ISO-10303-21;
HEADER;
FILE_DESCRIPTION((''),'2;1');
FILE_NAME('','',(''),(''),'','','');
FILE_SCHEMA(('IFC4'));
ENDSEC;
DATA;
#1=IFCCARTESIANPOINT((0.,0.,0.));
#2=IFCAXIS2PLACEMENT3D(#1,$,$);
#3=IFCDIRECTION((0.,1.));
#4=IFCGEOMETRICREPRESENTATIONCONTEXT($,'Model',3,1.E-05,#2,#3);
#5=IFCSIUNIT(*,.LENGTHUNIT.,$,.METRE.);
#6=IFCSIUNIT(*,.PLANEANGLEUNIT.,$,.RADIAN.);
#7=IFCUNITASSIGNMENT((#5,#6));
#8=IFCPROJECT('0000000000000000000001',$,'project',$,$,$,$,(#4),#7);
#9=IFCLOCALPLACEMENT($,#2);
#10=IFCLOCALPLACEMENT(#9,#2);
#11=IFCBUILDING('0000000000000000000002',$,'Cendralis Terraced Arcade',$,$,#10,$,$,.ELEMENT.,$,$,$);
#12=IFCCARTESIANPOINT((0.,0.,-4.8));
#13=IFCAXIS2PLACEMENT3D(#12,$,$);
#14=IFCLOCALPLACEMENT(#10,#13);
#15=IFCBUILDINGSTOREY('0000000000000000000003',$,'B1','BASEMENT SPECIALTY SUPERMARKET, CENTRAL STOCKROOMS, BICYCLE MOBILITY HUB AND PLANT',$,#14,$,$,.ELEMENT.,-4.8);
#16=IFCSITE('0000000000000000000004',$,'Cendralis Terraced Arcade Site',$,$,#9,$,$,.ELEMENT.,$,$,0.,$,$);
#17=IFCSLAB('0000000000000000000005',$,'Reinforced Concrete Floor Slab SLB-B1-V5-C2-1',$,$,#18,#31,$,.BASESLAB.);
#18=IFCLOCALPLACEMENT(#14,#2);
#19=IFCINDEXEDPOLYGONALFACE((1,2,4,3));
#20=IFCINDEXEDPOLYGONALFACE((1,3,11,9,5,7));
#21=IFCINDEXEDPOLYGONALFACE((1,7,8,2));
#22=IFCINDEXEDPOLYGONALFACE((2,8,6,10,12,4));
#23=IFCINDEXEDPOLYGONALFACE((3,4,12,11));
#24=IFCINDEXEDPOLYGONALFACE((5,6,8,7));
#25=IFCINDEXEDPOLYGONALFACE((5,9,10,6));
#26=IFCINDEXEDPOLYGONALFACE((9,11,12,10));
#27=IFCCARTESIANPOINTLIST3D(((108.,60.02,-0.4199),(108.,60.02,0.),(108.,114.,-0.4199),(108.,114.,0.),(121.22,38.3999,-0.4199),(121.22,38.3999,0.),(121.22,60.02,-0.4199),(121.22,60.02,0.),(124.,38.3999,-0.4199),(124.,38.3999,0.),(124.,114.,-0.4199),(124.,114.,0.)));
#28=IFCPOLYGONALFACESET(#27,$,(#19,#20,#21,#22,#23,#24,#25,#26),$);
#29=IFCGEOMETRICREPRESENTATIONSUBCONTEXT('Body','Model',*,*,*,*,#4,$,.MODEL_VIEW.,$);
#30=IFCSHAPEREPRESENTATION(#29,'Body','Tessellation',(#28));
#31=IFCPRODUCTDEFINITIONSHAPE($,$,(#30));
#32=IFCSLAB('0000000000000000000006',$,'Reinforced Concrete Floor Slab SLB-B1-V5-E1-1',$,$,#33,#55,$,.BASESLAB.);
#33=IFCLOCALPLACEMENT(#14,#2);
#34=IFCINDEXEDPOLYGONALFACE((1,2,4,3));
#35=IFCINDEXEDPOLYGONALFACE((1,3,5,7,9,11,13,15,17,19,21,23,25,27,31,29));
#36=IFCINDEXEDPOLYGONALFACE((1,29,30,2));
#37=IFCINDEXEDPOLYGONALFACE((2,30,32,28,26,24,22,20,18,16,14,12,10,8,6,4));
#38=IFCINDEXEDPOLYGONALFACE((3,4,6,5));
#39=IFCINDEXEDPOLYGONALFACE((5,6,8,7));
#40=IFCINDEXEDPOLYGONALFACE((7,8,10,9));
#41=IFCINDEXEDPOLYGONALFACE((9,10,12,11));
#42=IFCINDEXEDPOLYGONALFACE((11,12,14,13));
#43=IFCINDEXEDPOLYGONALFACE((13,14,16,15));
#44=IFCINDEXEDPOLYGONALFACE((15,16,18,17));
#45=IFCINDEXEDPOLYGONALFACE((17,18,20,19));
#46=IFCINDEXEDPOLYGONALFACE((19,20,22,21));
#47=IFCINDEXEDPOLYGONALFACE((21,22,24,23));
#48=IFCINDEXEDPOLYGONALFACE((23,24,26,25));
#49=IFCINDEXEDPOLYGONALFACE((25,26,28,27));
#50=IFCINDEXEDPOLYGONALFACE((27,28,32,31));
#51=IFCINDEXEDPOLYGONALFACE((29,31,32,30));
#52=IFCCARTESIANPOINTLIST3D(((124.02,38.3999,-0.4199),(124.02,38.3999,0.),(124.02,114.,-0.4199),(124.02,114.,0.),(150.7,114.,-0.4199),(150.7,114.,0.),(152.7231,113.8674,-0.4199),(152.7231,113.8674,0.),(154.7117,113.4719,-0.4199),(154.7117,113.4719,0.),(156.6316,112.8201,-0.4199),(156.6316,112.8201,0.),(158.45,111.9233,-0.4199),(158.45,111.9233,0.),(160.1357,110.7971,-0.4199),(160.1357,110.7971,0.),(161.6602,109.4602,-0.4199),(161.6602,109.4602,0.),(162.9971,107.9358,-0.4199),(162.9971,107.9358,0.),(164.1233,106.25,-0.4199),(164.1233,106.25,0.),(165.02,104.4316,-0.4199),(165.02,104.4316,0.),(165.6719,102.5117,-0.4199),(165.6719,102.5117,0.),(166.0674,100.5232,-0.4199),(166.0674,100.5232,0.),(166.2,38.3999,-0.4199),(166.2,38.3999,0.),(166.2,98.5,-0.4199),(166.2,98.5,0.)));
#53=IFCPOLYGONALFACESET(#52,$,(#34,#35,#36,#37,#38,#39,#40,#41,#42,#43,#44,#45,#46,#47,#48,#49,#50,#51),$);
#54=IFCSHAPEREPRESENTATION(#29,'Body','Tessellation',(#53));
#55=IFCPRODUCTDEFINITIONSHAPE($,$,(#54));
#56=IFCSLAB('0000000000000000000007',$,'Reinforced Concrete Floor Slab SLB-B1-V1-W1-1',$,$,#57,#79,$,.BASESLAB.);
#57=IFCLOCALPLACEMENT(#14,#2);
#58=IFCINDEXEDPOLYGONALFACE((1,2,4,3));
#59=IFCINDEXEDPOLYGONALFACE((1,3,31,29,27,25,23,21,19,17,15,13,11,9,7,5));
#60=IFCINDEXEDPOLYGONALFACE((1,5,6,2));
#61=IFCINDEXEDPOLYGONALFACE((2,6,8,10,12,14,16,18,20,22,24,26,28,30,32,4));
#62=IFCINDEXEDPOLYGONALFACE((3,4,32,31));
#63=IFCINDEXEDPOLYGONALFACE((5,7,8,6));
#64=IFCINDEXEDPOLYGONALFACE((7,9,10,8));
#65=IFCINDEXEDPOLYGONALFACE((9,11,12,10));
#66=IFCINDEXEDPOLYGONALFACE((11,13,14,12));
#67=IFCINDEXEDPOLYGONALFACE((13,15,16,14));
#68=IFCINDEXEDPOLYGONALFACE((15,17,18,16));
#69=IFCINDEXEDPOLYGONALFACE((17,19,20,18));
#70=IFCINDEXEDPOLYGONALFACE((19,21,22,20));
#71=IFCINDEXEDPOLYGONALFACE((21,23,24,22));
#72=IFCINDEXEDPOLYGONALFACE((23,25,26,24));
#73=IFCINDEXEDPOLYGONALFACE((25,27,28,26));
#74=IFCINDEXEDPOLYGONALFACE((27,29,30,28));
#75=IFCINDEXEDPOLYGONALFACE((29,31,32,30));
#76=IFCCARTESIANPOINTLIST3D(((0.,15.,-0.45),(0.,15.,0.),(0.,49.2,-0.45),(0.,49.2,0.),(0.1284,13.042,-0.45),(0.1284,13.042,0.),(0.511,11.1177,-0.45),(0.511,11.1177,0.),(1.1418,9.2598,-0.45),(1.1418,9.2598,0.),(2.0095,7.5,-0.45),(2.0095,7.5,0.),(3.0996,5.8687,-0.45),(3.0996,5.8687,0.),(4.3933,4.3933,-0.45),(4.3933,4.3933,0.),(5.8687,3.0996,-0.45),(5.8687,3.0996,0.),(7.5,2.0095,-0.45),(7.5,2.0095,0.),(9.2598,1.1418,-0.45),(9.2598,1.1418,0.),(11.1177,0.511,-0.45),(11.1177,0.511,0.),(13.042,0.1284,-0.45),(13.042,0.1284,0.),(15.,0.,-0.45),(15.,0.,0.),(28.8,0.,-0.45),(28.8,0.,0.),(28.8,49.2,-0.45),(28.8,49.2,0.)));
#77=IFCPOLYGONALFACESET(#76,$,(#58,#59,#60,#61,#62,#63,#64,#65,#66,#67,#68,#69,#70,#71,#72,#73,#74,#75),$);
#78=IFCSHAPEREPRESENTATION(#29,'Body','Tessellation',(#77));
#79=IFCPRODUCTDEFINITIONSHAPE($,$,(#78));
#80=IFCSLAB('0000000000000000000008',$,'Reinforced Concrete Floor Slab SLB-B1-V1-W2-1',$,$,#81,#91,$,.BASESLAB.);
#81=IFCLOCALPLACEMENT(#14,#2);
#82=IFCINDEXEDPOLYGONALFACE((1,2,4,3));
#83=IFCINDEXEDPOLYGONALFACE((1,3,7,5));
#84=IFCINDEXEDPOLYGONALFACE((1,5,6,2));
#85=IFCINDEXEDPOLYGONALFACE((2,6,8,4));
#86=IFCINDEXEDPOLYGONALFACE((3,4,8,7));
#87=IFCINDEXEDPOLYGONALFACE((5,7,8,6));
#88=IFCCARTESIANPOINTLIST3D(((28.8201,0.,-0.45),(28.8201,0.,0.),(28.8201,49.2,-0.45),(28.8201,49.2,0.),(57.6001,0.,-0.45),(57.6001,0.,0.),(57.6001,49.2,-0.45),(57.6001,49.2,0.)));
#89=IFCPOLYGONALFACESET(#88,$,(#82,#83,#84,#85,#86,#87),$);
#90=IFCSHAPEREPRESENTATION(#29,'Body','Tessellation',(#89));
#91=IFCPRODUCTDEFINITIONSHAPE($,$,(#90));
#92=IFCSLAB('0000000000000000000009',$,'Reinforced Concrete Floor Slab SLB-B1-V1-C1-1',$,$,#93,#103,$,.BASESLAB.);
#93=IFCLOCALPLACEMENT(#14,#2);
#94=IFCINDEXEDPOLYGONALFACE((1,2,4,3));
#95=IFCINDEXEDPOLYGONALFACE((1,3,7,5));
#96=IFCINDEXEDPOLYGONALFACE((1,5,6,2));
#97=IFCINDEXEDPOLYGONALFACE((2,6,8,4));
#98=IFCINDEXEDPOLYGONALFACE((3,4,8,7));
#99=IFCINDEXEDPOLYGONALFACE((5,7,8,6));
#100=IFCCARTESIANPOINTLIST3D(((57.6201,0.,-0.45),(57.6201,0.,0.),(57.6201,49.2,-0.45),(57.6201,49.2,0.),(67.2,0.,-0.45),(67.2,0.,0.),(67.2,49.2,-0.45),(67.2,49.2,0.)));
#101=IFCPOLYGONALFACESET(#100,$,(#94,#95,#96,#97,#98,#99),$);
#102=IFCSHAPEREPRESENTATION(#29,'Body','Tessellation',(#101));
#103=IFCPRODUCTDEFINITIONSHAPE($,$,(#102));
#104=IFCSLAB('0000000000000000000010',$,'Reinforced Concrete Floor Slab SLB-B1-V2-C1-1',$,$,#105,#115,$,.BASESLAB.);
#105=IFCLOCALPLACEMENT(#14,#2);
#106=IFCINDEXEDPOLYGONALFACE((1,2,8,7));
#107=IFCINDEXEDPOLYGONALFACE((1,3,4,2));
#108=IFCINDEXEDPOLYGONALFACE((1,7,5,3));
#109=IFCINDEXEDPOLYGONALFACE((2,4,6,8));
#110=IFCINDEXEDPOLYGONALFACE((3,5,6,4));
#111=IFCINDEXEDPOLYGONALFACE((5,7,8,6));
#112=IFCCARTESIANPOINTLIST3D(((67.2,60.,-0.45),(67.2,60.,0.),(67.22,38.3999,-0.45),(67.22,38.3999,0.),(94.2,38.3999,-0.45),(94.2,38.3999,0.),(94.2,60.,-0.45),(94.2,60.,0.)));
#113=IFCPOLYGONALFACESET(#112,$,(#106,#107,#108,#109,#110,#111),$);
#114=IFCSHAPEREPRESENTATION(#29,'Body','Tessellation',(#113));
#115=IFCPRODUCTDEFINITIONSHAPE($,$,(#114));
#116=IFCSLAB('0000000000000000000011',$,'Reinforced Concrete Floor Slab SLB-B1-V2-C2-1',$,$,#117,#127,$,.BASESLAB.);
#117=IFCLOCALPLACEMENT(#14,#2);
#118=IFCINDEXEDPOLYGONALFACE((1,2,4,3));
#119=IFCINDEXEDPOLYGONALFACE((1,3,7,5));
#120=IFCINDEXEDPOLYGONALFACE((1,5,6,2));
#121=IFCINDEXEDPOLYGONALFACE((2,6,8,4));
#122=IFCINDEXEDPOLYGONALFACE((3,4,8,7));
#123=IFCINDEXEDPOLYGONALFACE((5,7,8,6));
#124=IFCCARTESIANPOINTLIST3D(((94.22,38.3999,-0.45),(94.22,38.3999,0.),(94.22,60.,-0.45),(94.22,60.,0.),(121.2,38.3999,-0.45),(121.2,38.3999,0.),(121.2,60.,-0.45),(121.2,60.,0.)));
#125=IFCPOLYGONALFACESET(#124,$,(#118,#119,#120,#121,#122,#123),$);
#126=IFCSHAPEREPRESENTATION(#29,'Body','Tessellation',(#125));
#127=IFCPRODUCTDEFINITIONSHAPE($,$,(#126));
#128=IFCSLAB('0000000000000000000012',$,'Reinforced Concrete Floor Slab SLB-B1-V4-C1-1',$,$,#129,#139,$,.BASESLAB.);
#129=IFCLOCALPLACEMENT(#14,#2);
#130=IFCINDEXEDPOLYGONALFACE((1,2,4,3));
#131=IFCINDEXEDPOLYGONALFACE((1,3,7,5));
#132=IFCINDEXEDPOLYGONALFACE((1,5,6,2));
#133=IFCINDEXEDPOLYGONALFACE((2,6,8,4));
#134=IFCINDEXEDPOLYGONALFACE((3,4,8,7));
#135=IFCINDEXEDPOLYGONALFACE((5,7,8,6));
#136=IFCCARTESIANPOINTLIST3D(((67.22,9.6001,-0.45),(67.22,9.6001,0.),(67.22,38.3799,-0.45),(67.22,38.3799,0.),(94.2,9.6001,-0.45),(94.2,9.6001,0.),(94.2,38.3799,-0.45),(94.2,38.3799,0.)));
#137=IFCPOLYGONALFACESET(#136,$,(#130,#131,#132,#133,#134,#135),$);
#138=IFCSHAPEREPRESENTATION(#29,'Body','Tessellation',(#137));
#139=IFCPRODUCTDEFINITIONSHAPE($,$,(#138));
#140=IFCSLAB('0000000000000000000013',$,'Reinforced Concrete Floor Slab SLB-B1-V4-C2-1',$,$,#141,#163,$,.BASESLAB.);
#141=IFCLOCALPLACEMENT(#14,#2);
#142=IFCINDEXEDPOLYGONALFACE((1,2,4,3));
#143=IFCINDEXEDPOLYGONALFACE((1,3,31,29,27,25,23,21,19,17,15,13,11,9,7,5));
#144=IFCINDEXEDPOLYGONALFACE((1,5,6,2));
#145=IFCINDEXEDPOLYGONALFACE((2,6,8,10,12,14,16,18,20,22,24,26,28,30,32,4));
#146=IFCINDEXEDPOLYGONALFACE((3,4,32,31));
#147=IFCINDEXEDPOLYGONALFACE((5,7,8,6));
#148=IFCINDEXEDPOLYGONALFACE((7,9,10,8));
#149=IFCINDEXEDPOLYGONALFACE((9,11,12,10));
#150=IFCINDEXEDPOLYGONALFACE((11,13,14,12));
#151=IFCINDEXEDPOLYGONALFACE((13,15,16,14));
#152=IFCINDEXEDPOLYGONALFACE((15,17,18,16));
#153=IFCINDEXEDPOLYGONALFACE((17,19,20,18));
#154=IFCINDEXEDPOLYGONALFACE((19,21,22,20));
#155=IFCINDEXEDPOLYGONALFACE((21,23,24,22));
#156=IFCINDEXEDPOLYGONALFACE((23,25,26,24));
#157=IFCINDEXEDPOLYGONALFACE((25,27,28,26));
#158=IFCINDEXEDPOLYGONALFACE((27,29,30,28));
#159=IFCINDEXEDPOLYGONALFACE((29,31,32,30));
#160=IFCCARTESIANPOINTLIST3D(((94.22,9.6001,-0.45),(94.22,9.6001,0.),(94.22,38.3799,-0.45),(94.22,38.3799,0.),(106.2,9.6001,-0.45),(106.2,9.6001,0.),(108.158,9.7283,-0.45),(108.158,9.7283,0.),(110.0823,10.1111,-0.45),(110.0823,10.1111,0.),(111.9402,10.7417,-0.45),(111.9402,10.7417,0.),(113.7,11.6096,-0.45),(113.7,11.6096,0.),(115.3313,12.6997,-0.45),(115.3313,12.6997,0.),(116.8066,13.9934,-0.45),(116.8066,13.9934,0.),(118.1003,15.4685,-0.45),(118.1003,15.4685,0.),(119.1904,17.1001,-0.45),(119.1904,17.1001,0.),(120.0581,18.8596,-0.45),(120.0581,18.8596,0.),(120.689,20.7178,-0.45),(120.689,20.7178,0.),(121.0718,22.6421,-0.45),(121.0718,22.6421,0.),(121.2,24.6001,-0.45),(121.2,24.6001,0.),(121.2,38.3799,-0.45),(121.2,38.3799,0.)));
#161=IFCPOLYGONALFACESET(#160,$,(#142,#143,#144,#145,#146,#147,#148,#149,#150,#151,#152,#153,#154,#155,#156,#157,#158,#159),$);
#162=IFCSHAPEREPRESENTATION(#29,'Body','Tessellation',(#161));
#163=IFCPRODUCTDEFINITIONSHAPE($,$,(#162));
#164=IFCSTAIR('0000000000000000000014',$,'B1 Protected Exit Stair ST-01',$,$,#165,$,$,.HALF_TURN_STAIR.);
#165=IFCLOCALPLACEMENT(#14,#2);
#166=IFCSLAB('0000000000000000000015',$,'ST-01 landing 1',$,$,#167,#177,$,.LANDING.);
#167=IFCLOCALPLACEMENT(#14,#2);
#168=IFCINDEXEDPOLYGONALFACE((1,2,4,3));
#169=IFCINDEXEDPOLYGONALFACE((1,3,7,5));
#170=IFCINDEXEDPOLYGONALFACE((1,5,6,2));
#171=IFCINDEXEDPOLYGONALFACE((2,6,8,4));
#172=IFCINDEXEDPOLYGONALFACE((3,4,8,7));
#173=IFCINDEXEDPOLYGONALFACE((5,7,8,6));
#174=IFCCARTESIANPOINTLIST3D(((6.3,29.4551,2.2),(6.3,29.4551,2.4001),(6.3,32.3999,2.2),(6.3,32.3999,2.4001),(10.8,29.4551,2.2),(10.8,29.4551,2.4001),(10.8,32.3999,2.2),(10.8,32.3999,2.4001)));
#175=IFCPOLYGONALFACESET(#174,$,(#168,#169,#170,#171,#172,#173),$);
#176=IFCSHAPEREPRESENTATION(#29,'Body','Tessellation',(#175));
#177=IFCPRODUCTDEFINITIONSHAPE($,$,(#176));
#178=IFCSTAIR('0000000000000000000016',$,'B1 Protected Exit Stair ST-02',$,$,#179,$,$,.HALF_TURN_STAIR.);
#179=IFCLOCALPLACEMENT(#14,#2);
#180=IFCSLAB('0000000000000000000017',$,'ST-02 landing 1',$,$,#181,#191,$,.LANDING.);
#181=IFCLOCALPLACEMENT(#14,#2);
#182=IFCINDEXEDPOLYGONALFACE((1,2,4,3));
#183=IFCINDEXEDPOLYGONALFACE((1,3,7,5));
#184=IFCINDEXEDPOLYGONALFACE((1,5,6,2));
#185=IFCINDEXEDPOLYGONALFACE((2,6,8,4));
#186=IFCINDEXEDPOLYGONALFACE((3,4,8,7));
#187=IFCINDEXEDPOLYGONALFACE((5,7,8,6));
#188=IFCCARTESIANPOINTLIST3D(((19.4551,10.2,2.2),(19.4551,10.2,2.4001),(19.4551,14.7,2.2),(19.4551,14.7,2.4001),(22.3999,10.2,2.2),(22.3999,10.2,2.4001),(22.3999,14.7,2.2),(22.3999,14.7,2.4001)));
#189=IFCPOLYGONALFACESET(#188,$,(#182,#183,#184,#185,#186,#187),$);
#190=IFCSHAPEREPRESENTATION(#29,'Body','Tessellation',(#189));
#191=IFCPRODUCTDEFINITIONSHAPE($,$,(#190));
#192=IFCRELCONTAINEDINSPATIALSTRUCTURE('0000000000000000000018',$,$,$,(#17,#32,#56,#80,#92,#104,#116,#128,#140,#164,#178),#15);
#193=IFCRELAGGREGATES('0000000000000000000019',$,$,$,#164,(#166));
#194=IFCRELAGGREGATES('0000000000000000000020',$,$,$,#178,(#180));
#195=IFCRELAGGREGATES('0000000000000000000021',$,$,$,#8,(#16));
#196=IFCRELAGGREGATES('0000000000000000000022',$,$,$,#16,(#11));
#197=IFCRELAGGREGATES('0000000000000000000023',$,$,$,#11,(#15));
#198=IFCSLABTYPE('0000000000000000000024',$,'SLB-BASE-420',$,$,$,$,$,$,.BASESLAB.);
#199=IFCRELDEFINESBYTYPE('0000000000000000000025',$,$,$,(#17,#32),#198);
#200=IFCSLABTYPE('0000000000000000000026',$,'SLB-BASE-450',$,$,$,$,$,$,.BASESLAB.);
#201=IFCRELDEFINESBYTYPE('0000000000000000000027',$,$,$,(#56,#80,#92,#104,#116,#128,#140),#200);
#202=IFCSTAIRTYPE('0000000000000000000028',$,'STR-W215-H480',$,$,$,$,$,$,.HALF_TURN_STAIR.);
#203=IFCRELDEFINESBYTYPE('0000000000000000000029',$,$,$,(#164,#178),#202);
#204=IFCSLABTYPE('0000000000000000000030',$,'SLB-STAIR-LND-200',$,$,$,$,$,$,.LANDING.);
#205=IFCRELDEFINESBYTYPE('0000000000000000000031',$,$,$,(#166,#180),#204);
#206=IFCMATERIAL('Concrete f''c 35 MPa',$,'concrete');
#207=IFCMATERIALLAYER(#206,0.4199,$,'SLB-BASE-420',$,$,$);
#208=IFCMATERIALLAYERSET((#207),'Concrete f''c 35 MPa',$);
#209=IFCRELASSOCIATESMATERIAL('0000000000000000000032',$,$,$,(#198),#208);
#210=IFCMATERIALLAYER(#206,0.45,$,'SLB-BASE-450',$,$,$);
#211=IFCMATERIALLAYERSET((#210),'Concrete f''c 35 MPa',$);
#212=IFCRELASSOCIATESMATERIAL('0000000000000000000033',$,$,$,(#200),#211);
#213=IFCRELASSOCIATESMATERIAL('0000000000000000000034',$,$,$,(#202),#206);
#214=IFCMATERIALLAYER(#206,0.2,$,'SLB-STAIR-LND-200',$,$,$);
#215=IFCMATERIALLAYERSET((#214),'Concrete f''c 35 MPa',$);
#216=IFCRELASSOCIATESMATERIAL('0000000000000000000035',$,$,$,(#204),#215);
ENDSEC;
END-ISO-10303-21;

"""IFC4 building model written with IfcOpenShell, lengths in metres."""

from ifc_helpers import new_model, si_unit, direction, frame, origin, place, context, subcontext, project, spatial, polyline, outline, extrude, material, layer, layer_set, type_object, element, aggregate, save


model = new_model("IFC4")

# Units and contexts
model_context = context("Model", 3, precision=1e-05, world=origin(), true_north=direction((0.0, 1.0)))
body_context = subcontext(model_context, "Body", "Model", "MODEL_VIEW")
ifc_project = project(units=[si_unit("LENGTHUNIT", "METRE"), si_unit("PLANEANGLEUNIT", "RADIAN")], contexts=[model_context])

# Site, building, storey
site_placement = place(None, origin())
site = spatial("IfcSite", under=ifc_project, at=site_placement, Name="Cendralis Terraced Arcade Site", CompositionType="ELEMENT", RefElevation=0.0)
building_placement = place(site_placement, origin())
building = spatial("IfcBuilding", under=site, at=building_placement, Name="Cendralis Terraced Arcade", CompositionType="ELEMENT")
storey_placement = place(building_placement, frame((0.0, 0.0, -4.8)))
storey = spatial("IfcBuildingStorey", under=building, at=storey_placement, Name="B1", Description="BASEMENT SPECIALTY SUPERMARKET, CENTRAL STOCKROOMS, BICYCLE MOBILITY HUB AND PLANT", CompositionType="ELEMENT", Elevation=-4.8)

# Slabs
ifc_material_1 = material(Name="Concrete f'c 35 MPa", Category="concrete")
ifc_layer_1 = layer(ifc_material_1, 0.4199, Name="SLB-BASE-420")
ifc_layer_set_1 = layer_set([ifc_layer_1], Name="Concrete f'c 35 MPa")
slab_type_1 = type_object("IfcSlabType", Name="SLB-BASE-420", PredefinedType="BASESLAB", material=ifc_layer_set_1)
slab_1_placement = place(storey_placement, frame((0.0, 0.0, -0.4199)))
element("IfcSlab", 1, at=slab_1_placement, inside=storey, type_object=slab_type_1, Name="Reinforced Concrete Floor Slab SLB-B1-V5-C2-1", PredefinedType="BASESLAB", context=body_context, shape_type="SweptSolid", body=[
    extrude(outline(polyline([(124.0, 114.0), (124.0, 38.3999), (121.22, 38.3999), (121.22, 60.02), (108.0, 60.02), (108.0, 114.0), (124.0, 114.0)])), origin(), (0.0, 0.0, 1.0), 0.4199),
])
slab_2_placement = place(storey_placement, frame((0.0, 0.0, -0.4199)))
element("IfcSlab", 2, at=slab_2_placement, inside=storey, type_object=slab_type_1, Name="Reinforced Concrete Floor Slab SLB-B1-V5-E1-1", PredefinedType="BASESLAB", context=body_context, shape_type="SweptSolid", body=[
    extrude(outline(polyline([(152.7231, 113.8674), (154.7117, 113.4719), (156.6316, 112.8201), (158.45, 111.9233), (160.1357, 110.7971), (161.6602, 109.4602), (162.9971, 107.9358), (164.1233, 106.25), (165.02, 104.4316), (165.6719, 102.5117), (166.0674, 100.5232), (166.2, 98.5), (166.2, 38.3999), (124.02, 38.3999), (124.02, 114.0), (150.7, 114.0), (152.7231, 113.8674)])), origin(), (0.0, 0.0, 1.0), 0.4199),
])
ifc_layer_2 = layer(ifc_material_1, 0.45, Name="SLB-BASE-450")
ifc_layer_set_2 = layer_set([ifc_layer_2], Name="Concrete f'c 35 MPa")
slab_type_2 = type_object("IfcSlabType", Name="SLB-BASE-450", PredefinedType="BASESLAB", material=ifc_layer_set_2)
slab_3_placement = place(storey_placement, frame((0.0, 0.0, -0.45)))
element("IfcSlab", 3, at=slab_3_placement, inside=storey, type_object=slab_type_2, Name="Reinforced Concrete Floor Slab SLB-B1-V1-W1-1", PredefinedType="BASESLAB", context=body_context, shape_type="SweptSolid", body=[
    extrude(outline(polyline([(0.0, 49.2), (28.8, 49.2), (28.8, 0.0), (15.0, 0.0), (13.042, 0.1284), (11.1177, 0.511), (9.2598, 1.1418), (7.5, 2.0095), (5.8687, 3.0996), (4.3933, 4.3933), (3.0996, 5.8687), (2.0095, 7.5), (1.1418, 9.2598), (0.511, 11.1177), (0.1284, 13.042), (0.0, 15.0), (0.0, 49.2)])), origin(), (0.0, 0.0, 1.0), 0.45),
])
slab_4_placement = place(storey_placement, frame((0.0, 0.0, -0.45)))
element("IfcSlab", 4, at=slab_4_placement, inside=storey, type_object=slab_type_2, Name="Reinforced Concrete Floor Slab SLB-B1-V1-W2-1", PredefinedType="BASESLAB", context=body_context, shape_type="SweptSolid", body=[
    extrude(outline(polyline([(57.6001, 0.0), (28.8201, 0.0), (28.8201, 49.2), (57.6001, 49.2), (57.6001, 0.0)])), origin(), (0.0, 0.0, 1.0), 0.45),
])
slab_5_placement = place(storey_placement, frame((0.0, 0.0, -0.45)))
element("IfcSlab", 5, at=slab_5_placement, inside=storey, type_object=slab_type_2, Name="Reinforced Concrete Floor Slab SLB-B1-V1-C1-1", PredefinedType="BASESLAB", context=body_context, shape_type="SweptSolid", body=[
    extrude(outline(polyline([(67.2, 0.0), (57.6201, 0.0), (57.6201, 49.2), (67.2, 49.2), (67.2, 0.0)])), origin(), (0.0, 0.0, 1.0), 0.45),
])
slab_6_placement = place(storey_placement, frame((0.0, 0.0, -0.45)))
element("IfcSlab", 6, at=slab_6_placement, inside=storey, type_object=slab_type_2, Name="Reinforced Concrete Floor Slab SLB-B1-V2-C1-1", PredefinedType="BASESLAB", context=body_context, shape_type="SweptSolid", body=[
    extrude(outline(polyline([(94.2, 60.0), (94.2, 38.3999), (67.22, 38.3999), (67.2, 60.0), (94.2, 60.0)])), origin(), (0.0, 0.0, 1.0), 0.45),
])
slab_7_placement = place(storey_placement, frame((0.0, 0.0, -0.45)))
element("IfcSlab", 7, at=slab_7_placement, inside=storey, type_object=slab_type_2, Name="Reinforced Concrete Floor Slab SLB-B1-V2-C2-1", PredefinedType="BASESLAB", context=body_context, shape_type="SweptSolid", body=[
    extrude(outline(polyline([(121.2, 38.3999), (94.22, 38.3999), (94.22, 60.0), (121.2, 60.0), (121.2, 38.3999)])), origin(), (0.0, 0.0, 1.0), 0.45),
])
slab_8_placement = place(storey_placement, frame((0.0, 0.0, -0.45)))
element("IfcSlab", 8, at=slab_8_placement, inside=storey, type_object=slab_type_2, Name="Reinforced Concrete Floor Slab SLB-B1-V4-C1-1", PredefinedType="BASESLAB", context=body_context, shape_type="SweptSolid", body=[
    extrude(outline(polyline([(94.2, 9.6001), (67.22, 9.6001), (67.22, 38.3799), (94.2, 38.3799), (94.2, 9.6001)])), origin(), (0.0, 0.0, 1.0), 0.45),
])
slab_9_placement = place(storey_placement, frame((0.0, 0.0, -0.45)))
element("IfcSlab", 9, at=slab_9_placement, inside=storey, type_object=slab_type_2, Name="Reinforced Concrete Floor Slab SLB-B1-V4-C2-1", PredefinedType="BASESLAB", context=body_context, shape_type="SweptSolid", body=[
    extrude(outline(polyline([(121.2, 24.6001), (121.0718, 22.6421), (120.689, 20.7178), (120.0581, 18.8596), (119.1904, 17.1001), (118.1003, 15.4685), (116.8066, 13.9934), (115.3313, 12.6997), (113.7, 11.6096), (111.9402, 10.7417), (110.0823, 10.1111), (108.158, 9.7283), (106.2, 9.6001), (94.22, 9.6001), (94.22, 38.3799), (121.2, 38.3799), (121.2, 24.6001)])), origin(), (0.0, 0.0, 1.0), 0.45),
])

# Stairs, slabs
stair_type_1 = type_object("IfcStairType", Name="STR-W215-H480", PredefinedType="HALF_TURN_STAIR", material=ifc_material_1)
stair_1_placement = place(storey_placement, origin())
stair_1 = element("IfcStair", 10, at=stair_1_placement, inside=storey, type_object=stair_type_1, Name="B1 Protected Exit Stair ST-01", PredefinedType="HALF_TURN_STAIR")
ifc_layer_3 = layer(ifc_material_1, 0.2, Name="SLB-STAIR-LND-200")
ifc_layer_set_3 = layer_set([ifc_layer_3], Name="Concrete f'c 35 MPa")
slab_type_3 = type_object("IfcSlabType", Name="SLB-STAIR-LND-200", PredefinedType="LANDING", material=ifc_layer_set_3)
slab_10_placement = place(storey_placement, frame((0.0, 0.0, 2.2)))
slab_10 = element("IfcSlab", 11, at=slab_10_placement, type_object=slab_type_3, Name="ST-01 landing 1", PredefinedType="LANDING", context=body_context, shape_type="SweptSolid", body=[
    extrude(outline(polyline([(10.8, 29.4551), (10.8, 32.3999), (6.3, 32.3999), (6.3, 29.4551), (10.8, 29.4551)])), origin(), (0.0, 0.0, 1.0), 0.2002),
])
aggregate(stair_1, [slab_10])
stair_2_placement = place(storey_placement, origin())
stair_2 = element("IfcStair", 12, at=stair_2_placement, inside=storey, type_object=stair_type_1, Name="B1 Protected Exit Stair ST-02", PredefinedType="HALF_TURN_STAIR")
slab_11_placement = place(storey_placement, frame((0.0, 0.0, 2.2)))
slab_11 = element("IfcSlab", 13, at=slab_11_placement, type_object=slab_type_3, Name="ST-02 landing 1", PredefinedType="LANDING", context=body_context, shape_type="SweptSolid", body=[
    extrude(outline(polyline([(19.4551, 10.2), (22.3999, 10.2), (22.3999, 14.7), (19.4551, 14.7), (19.4551, 10.2)])), origin(), (0.0, 0.0, 1.0), 0.2002),
])
aggregate(stair_2, [slab_11])

save(model, "model.ifc")
